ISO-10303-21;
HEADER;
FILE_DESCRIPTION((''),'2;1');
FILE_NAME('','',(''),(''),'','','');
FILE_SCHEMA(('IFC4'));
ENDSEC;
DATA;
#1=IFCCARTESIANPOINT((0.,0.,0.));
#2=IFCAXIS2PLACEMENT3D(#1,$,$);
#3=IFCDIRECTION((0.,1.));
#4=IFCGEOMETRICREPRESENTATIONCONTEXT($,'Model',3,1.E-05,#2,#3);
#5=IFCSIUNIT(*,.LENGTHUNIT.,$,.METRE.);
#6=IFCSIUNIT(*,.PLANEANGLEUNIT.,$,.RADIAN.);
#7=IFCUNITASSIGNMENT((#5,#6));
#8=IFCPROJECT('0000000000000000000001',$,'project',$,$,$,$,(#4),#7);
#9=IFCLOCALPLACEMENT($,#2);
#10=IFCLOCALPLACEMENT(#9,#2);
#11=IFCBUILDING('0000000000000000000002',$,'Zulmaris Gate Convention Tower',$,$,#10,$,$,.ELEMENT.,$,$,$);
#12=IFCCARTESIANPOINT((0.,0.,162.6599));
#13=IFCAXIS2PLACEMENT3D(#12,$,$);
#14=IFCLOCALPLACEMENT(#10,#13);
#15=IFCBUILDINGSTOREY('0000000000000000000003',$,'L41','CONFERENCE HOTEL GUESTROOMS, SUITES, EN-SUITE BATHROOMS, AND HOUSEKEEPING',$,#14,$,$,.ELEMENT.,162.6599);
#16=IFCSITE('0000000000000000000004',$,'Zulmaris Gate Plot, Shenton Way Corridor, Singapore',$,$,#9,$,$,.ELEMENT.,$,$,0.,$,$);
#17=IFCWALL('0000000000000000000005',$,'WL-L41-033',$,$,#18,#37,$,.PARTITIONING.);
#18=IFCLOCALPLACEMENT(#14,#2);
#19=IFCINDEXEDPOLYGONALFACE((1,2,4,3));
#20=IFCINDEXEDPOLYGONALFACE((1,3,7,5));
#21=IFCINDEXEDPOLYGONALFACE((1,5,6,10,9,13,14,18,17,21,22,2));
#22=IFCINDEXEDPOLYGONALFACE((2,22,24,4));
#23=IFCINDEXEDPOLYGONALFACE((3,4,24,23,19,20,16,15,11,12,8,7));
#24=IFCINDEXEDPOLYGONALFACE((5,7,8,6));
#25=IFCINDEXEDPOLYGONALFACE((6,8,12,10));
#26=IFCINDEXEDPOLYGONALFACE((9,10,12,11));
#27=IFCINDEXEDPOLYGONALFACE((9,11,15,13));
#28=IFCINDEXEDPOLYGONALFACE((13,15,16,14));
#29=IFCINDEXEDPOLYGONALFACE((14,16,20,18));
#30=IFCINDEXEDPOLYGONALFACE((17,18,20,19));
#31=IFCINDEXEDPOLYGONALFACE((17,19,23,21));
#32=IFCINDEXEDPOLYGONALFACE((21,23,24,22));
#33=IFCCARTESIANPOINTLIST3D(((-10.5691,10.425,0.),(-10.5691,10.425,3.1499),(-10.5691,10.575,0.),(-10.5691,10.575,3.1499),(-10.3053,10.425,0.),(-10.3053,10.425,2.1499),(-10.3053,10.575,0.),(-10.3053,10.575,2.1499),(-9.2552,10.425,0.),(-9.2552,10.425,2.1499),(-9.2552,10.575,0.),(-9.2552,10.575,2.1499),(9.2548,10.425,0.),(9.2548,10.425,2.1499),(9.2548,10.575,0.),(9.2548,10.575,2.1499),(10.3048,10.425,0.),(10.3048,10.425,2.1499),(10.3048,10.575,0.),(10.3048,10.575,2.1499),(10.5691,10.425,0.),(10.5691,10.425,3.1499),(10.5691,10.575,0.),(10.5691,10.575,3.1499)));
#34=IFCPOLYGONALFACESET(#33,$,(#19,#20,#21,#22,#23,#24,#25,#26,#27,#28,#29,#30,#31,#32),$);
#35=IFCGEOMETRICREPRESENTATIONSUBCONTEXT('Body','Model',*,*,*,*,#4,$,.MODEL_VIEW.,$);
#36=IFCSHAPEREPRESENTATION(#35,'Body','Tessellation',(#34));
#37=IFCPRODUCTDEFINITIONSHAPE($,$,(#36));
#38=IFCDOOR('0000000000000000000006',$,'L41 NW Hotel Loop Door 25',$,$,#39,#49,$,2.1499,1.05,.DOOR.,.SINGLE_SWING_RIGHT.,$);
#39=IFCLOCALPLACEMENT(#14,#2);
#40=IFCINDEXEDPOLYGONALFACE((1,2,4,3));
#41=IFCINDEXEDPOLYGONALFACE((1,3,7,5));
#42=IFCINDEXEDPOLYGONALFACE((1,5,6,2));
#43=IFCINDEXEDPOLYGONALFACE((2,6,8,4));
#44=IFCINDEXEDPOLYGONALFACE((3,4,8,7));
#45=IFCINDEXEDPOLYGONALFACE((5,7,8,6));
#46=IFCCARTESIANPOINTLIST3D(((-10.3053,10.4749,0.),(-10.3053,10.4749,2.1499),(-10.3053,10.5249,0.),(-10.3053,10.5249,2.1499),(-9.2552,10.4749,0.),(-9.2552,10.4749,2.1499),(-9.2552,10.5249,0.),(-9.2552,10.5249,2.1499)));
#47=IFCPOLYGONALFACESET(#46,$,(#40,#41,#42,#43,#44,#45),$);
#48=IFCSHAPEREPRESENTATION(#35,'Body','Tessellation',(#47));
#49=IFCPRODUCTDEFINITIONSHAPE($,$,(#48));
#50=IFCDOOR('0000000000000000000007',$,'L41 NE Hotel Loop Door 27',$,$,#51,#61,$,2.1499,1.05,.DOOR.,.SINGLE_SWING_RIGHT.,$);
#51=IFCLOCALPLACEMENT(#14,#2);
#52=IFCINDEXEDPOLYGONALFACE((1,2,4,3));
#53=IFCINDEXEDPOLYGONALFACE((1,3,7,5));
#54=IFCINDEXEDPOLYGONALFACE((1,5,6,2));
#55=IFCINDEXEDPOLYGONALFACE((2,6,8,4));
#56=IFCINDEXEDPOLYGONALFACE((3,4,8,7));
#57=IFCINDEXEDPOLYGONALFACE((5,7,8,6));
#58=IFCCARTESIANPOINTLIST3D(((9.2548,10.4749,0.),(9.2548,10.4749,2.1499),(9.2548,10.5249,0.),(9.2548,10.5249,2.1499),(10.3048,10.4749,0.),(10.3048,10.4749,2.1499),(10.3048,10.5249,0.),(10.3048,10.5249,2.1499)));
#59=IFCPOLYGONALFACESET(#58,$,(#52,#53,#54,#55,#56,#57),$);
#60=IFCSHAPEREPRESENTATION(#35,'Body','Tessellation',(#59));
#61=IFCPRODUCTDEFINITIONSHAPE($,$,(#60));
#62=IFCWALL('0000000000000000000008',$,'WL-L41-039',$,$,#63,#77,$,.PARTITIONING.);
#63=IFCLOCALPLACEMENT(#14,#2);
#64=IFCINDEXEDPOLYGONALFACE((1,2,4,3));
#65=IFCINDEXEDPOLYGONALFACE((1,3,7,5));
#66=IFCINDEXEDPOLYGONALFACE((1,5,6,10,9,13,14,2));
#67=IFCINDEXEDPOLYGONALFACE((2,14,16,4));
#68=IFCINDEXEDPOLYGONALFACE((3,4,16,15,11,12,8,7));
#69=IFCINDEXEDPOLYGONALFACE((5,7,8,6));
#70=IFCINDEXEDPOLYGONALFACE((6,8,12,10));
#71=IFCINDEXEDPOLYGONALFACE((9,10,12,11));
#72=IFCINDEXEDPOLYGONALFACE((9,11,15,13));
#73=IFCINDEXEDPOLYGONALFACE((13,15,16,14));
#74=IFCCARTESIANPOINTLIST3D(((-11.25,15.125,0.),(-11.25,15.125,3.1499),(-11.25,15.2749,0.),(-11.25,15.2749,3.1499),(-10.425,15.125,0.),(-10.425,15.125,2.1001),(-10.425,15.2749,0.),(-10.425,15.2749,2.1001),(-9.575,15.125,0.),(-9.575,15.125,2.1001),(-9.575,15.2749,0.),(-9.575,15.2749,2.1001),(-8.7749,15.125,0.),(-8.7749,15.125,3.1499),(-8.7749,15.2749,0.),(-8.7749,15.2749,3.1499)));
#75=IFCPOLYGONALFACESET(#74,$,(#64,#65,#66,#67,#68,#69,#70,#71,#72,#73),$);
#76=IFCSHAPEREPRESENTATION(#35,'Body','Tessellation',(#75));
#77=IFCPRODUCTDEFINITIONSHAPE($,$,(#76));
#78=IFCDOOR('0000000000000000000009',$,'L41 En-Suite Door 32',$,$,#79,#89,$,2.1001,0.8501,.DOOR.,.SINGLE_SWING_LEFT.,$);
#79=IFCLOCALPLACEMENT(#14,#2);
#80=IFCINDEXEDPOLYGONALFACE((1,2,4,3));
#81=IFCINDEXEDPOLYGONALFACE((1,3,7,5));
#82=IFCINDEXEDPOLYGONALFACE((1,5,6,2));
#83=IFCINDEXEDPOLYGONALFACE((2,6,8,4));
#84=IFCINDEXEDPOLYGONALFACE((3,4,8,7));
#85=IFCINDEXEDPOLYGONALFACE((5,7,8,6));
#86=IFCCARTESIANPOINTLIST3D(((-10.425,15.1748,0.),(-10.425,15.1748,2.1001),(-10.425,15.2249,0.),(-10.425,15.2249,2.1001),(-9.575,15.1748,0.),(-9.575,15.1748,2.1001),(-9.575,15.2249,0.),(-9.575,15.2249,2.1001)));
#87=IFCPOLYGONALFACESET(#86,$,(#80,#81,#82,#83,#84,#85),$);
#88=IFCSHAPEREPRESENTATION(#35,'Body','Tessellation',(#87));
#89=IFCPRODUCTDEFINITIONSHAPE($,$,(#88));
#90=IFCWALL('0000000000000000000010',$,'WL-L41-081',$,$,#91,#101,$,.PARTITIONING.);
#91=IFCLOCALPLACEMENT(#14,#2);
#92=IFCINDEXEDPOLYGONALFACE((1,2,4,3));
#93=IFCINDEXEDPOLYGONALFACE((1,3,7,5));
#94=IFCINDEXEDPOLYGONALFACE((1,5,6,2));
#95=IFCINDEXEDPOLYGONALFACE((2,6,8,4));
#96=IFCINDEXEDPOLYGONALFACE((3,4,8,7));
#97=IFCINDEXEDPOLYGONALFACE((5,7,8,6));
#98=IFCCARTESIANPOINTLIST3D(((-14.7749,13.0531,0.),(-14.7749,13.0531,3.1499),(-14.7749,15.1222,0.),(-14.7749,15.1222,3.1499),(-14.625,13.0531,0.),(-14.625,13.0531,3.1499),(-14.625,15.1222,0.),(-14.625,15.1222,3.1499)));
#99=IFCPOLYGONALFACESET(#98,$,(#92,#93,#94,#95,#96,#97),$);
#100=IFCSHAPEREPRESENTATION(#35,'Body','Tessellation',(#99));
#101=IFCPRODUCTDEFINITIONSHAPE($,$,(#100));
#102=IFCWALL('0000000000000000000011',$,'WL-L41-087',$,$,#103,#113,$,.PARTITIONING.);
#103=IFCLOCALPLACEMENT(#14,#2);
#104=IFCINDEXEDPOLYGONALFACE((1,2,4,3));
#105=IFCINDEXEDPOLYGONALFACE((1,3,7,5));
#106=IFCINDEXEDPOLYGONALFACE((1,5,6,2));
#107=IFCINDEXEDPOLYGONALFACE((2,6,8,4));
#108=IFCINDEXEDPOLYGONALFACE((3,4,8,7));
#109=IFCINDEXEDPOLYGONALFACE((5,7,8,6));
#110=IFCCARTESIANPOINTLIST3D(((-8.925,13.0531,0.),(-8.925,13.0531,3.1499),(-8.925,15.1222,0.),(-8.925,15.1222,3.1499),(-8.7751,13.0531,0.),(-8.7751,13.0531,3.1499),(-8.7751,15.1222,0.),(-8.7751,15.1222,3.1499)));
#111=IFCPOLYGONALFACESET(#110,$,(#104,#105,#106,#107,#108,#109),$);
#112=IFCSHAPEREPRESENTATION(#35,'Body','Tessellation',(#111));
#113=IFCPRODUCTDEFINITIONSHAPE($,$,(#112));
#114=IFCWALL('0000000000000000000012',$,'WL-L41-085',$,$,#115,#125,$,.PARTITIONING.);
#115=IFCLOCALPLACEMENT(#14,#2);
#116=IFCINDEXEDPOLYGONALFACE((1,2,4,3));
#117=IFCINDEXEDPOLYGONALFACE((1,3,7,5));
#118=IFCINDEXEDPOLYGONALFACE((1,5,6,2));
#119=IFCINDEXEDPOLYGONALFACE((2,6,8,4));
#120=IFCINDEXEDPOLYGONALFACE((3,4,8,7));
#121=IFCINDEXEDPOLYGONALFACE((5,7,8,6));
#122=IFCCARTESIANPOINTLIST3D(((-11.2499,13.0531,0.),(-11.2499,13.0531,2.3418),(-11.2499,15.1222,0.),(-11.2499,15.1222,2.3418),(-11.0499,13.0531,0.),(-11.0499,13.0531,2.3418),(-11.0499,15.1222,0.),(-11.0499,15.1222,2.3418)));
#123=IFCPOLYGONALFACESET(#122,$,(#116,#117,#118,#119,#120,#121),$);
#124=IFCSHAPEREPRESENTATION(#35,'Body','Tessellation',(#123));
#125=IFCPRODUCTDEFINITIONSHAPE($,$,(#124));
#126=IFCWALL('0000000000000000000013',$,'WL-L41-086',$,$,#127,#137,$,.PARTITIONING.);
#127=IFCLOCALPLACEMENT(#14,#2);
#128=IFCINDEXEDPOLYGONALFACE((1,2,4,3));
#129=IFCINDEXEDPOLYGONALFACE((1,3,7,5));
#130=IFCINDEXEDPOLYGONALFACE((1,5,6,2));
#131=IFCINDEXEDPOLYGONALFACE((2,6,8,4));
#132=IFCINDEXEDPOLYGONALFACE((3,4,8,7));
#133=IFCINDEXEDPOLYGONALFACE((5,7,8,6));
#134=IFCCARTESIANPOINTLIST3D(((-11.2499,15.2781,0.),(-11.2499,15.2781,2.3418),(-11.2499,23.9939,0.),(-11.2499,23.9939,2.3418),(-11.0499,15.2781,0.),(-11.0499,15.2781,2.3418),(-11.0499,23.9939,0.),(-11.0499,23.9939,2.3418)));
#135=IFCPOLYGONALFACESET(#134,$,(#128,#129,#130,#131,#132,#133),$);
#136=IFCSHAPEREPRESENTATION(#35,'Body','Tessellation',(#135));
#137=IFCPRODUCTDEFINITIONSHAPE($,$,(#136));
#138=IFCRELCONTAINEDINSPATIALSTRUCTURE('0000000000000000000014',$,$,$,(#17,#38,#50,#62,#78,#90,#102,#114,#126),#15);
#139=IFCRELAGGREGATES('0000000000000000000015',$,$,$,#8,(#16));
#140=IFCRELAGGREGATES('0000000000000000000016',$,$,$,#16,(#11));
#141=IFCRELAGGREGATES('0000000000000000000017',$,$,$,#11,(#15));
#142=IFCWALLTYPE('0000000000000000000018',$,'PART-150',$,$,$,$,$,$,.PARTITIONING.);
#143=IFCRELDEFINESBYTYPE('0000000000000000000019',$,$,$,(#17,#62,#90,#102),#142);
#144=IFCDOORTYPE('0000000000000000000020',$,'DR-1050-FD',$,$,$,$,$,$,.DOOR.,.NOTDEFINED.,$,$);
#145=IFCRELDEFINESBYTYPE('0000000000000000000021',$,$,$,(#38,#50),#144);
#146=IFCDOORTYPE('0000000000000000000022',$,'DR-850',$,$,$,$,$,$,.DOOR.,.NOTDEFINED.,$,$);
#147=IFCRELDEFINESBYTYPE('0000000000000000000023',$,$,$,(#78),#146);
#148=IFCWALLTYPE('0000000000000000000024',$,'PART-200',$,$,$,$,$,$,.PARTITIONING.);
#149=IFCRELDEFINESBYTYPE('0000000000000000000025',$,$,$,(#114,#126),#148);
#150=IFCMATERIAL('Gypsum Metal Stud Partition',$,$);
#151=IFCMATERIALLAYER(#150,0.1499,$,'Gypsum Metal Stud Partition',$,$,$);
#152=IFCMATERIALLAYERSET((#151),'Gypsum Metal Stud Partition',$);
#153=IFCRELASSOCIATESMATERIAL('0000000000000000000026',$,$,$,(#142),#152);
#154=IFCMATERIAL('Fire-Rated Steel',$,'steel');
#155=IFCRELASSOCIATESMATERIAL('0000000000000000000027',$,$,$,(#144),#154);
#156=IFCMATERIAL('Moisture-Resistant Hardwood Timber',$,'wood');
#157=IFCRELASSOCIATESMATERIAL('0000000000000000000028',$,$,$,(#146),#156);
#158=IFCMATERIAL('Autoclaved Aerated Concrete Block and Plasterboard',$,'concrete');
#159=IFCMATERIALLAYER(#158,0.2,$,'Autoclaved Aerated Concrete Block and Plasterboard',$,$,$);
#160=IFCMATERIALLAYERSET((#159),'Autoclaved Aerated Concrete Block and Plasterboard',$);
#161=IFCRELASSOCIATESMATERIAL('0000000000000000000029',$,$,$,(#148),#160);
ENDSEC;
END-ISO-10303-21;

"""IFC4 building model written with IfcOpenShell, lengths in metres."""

from ifc_helpers import new_model, si_unit, direction, frame, frame_2d, origin, place, context, subcontext, project, spatial, rectangle, extrude, material, layer, layer_set, type_object, element, fill, save


model = new_model("IFC4")

# Units and contexts
model_context = context("Model", 3, precision=1e-05, world=origin(), true_north=direction((0.0, 1.0)))
body_context = subcontext(model_context, "Body", "Model", "MODEL_VIEW")
ifc_project = project(units=[si_unit("LENGTHUNIT", "METRE"), si_unit("PLANEANGLEUNIT", "RADIAN")], contexts=[model_context])

# Site, building, storey
site_placement = place(None, origin())
site = spatial("IfcSite", under=ifc_project, at=site_placement, Name="Zulmaris Gate Plot, Shenton Way Corridor, Singapore", CompositionType="ELEMENT", RefElevation=0.0)
building_placement = place(site_placement, origin())
building = spatial("IfcBuilding", under=site, at=building_placement, Name="Zulmaris Gate Convention Tower", CompositionType="ELEMENT")
storey_placement = place(building_placement, frame((0.0, 0.0, 162.6599)))
storey = spatial("IfcBuildingStorey", under=building, at=storey_placement, Name="L41", Description="CONFERENCE HOTEL GUESTROOMS, SUITES, EN-SUITE BATHROOMS, AND HOUSEKEEPING", CompositionType="ELEMENT", Elevation=162.6599)

# Wall, openings, doors
ifc_material_1 = material(Name="Gypsum Metal Stud Partition")
ifc_layer_1 = layer(ifc_material_1, 0.1499, Name="Gypsum Metal Stud Partition")
ifc_layer_set_1 = layer_set([ifc_layer_1], Name="Gypsum Metal Stud Partition")
wall_type_1 = type_object("IfcWallType", Name="PART-150", PredefinedType="PARTITIONING", material=ifc_layer_set_1)
wall_1_placement = place(storey_placement, frame((-10.5691, 10.5, 0.0), z_axis=(0.0, 0.0, 1.0), x_axis=(1.0, 0.0, 0.0)))
wall_1 = element("IfcWall", 1, at=wall_1_placement, inside=storey, type_object=wall_type_1, Name="WL-L41-033", PredefinedType="PARTITIONING", context=body_context, shape_type="SweptSolid", body=[
    extrude(rectangle(XDim=21.1382, YDim=0.1499, at=frame_2d((10.5691, 0.0))), origin(), (0.0, 0.0, 1.0), 3.1499),
])
opening_1_placement = place(wall_1_placement, frame((0.2639, 0.0, 0.0)))
opening_1 = element("IfcOpeningElement", 2, at=opening_1_placement, cuts=wall_1, PredefinedType="OPENING", context=body_context, shape_type="SweptSolid", body=[
    extrude(rectangle(XDim=1.05, YDim=2.1499, at=frame_2d((0.5249, 1.075))), frame((0.0, 0.085, 0.0), z_axis=(0.0, -1.0, 0.0), x_axis=(1.0, 0.0, 0.0)), (0.0, 0.0, 1.0), 0.1699),
])
opening_2_placement = place(wall_1_placement, frame((19.824, 0.0, 0.0)))
opening_2 = element("IfcOpeningElement", 3, at=opening_2_placement, cuts=wall_1, PredefinedType="OPENING", context=body_context, shape_type="SweptSolid", body=[
    extrude(rectangle(XDim=1.05, YDim=2.1499, at=frame_2d((0.5249, 1.075))), frame((0.0, 0.085, 0.0), z_axis=(0.0, -1.0, 0.0), x_axis=(1.0, 0.0, 0.0)), (0.0, 0.0, 1.0), 0.1699),
])
ifc_material_2 = material(Name="Fire-Rated Steel", Category="steel")
door_type_1 = type_object("IfcDoorType", Name="DR-1050-FD", OperationType="NOTDEFINED", PredefinedType="DOOR", material=ifc_material_2)
door_1_placement = place(opening_1_placement, origin())
door_1 = element("IfcDoor", 4, at=door_1_placement, inside=storey, type_object=door_type_1, Name="L41 NW Hotel Loop Door 25", OperationType="SINGLE_SWING_RIGHT", OverallHeight=2.1499, OverallWidth=1.05, PredefinedType="DOOR", context=body_context, shape_type="SweptSolid", body=[
    extrude(rectangle(XDim=1.05, YDim=2.1499, at=frame_2d((0.5249, 1.075))), frame((0.0, 0.0249, 0.0), z_axis=(0.0, -1.0, 0.0), x_axis=(1.0, 0.0, 0.0)), (0.0, 0.0, 1.0), 0.05),
])
fill(opening_1, door_1)
door_2_placement = place(opening_2_placement, origin())
door_2 = element("IfcDoor", 5, at=door_2_placement, inside=storey, type_object=door_type_1, Name="L41 NE Hotel Loop Door 27", OperationType="SINGLE_SWING_RIGHT", OverallHeight=2.1499, OverallWidth=1.05, PredefinedType="DOOR", context=body_context, shape_type="SweptSolid", body=[
    extrude(rectangle(XDim=1.05, YDim=2.1499, at=frame_2d((0.5249, 1.075))), frame((0.0, 0.0249, 0.0), z_axis=(0.0, -1.0, 0.0), x_axis=(1.0, 0.0, 0.0)), (0.0, 0.0, 1.0), 0.05),
])
fill(opening_2, door_2)

# Wall, opening, door
wall_2_placement = place(storey_placement, frame((-11.25, 15.2, 0.0), z_axis=(0.0, 0.0, 1.0), x_axis=(1.0, 0.0, 0.0)))
wall_2 = element("IfcWall", 6, at=wall_2_placement, inside=storey, type_object=wall_type_1, Name="WL-L41-039", PredefinedType="PARTITIONING", context=body_context, shape_type="SweptSolid", body=[
    extrude(rectangle(XDim=2.4751, YDim=0.1499, at=frame_2d((1.2375, 0.0))), origin(), (0.0, 0.0, 1.0), 3.1499),
])
opening_3_placement = place(wall_2_placement, frame((0.825, 0.0, 0.0)))
opening_3 = element("IfcOpeningElement", 7, at=opening_3_placement, cuts=wall_2, PredefinedType="OPENING", context=body_context, shape_type="SweptSolid", body=[
    extrude(rectangle(XDim=0.8501, YDim=2.1001, at=frame_2d((0.425, 1.05))), frame((0.0, 0.085, 0.0), z_axis=(0.0, -1.0, 0.0), x_axis=(1.0, 0.0, 0.0)), (0.0, 0.0, 1.0), 0.1699),
])
ifc_material_3 = material(Name="Moisture-Resistant Hardwood Timber", Category="wood")
door_type_2 = type_object("IfcDoorType", Name="DR-850", OperationType="NOTDEFINED", PredefinedType="DOOR", material=ifc_material_3)
door_3_placement = place(opening_3_placement, origin())
door_3 = element("IfcDoor", 8, at=door_3_placement, inside=storey, type_object=door_type_2, Name="L41 En-Suite Door 32", OperationType="SINGLE_SWING_LEFT", OverallHeight=2.1001, OverallWidth=0.8501, PredefinedType="DOOR", context=body_context, shape_type="SweptSolid", body=[
    extrude(rectangle(XDim=0.8501, YDim=2.1001, at=frame_2d((0.425, 1.05))), frame((0.0, 0.0249, 0.0), z_axis=(0.0, -1.0, 0.0), x_axis=(1.0, 0.0, 0.0)), (0.0, 0.0, 1.0), 0.05),
])
fill(opening_3, door_3)

# Walls
for number, where, z_axis, x_axis, name in (
    (9, (-14.7, 13.053, 0.0), (0.0, 0.0, 1.0), (0.0, 1.0, 0.0), "WL-L41-081"),
    (10, (-8.8501, 13.053, 0.0), (0.0, 0.0, 1.0), (0.0, 1.0, 0.0), "WL-L41-087"),
):
    element("IfcWall", number, at=place(storey_placement, frame(where, z_axis=z_axis, x_axis=x_axis)), inside=storey, type_object=wall_type_1, Name=name, PredefinedType="PARTITIONING", context=body_context, shape_type="SweptSolid", body=[
        extrude(rectangle(XDim=2.0691, YDim=0.1499, at=frame_2d((1.0347, 0.0))), origin(), (0.0, 0.0, 1.0), 3.1499),
    ])
ifc_material_4 = material(Name="Autoclaved Aerated Concrete Block and Plasterboard", Category="concrete")
ifc_layer_2 = layer(ifc_material_4, 0.2, Name="Autoclaved Aerated Concrete Block and Plasterboard")
ifc_layer_set_2 = layer_set([ifc_layer_2], Name="Autoclaved Aerated Concrete Block and Plasterboard")
wall_type_2 = type_object("IfcWallType", Name="PART-200", PredefinedType="PARTITIONING", material=ifc_layer_set_2)
wall_3_placement = place(storey_placement, frame((-11.1499, 13.053, 0.0), z_axis=(0.0, 0.0, 1.0), x_axis=(0.0, 1.0, 0.0)))
element("IfcWall", 11, at=wall_3_placement, inside=storey, type_object=wall_type_2, Name="WL-L41-085", PredefinedType="PARTITIONING", context=body_context, shape_type="SweptSolid", body=[
    extrude(rectangle(XDim=2.0691, YDim=0.2, at=frame_2d((1.0347, 0.0))), origin(), (0.0, 0.0, 1.0), 2.3418),
])
wall_4_placement = place(storey_placement, frame((-11.1499, 15.2781, 0.0), z_axis=(0.0, 0.0, 1.0), x_axis=(0.0, 1.0, 0.0)))
element("IfcWall", 12, at=wall_4_placement, inside=storey, type_object=wall_type_2, Name="WL-L41-086", PredefinedType="PARTITIONING", context=body_context, shape_type="SweptSolid", body=[
    extrude(rectangle(XDim=8.7158, YDim=0.2, at=frame_2d((4.3579, 0.0))), origin(), (0.0, 0.0, 1.0), 2.3418),
])

save(model, "model.ifc")
